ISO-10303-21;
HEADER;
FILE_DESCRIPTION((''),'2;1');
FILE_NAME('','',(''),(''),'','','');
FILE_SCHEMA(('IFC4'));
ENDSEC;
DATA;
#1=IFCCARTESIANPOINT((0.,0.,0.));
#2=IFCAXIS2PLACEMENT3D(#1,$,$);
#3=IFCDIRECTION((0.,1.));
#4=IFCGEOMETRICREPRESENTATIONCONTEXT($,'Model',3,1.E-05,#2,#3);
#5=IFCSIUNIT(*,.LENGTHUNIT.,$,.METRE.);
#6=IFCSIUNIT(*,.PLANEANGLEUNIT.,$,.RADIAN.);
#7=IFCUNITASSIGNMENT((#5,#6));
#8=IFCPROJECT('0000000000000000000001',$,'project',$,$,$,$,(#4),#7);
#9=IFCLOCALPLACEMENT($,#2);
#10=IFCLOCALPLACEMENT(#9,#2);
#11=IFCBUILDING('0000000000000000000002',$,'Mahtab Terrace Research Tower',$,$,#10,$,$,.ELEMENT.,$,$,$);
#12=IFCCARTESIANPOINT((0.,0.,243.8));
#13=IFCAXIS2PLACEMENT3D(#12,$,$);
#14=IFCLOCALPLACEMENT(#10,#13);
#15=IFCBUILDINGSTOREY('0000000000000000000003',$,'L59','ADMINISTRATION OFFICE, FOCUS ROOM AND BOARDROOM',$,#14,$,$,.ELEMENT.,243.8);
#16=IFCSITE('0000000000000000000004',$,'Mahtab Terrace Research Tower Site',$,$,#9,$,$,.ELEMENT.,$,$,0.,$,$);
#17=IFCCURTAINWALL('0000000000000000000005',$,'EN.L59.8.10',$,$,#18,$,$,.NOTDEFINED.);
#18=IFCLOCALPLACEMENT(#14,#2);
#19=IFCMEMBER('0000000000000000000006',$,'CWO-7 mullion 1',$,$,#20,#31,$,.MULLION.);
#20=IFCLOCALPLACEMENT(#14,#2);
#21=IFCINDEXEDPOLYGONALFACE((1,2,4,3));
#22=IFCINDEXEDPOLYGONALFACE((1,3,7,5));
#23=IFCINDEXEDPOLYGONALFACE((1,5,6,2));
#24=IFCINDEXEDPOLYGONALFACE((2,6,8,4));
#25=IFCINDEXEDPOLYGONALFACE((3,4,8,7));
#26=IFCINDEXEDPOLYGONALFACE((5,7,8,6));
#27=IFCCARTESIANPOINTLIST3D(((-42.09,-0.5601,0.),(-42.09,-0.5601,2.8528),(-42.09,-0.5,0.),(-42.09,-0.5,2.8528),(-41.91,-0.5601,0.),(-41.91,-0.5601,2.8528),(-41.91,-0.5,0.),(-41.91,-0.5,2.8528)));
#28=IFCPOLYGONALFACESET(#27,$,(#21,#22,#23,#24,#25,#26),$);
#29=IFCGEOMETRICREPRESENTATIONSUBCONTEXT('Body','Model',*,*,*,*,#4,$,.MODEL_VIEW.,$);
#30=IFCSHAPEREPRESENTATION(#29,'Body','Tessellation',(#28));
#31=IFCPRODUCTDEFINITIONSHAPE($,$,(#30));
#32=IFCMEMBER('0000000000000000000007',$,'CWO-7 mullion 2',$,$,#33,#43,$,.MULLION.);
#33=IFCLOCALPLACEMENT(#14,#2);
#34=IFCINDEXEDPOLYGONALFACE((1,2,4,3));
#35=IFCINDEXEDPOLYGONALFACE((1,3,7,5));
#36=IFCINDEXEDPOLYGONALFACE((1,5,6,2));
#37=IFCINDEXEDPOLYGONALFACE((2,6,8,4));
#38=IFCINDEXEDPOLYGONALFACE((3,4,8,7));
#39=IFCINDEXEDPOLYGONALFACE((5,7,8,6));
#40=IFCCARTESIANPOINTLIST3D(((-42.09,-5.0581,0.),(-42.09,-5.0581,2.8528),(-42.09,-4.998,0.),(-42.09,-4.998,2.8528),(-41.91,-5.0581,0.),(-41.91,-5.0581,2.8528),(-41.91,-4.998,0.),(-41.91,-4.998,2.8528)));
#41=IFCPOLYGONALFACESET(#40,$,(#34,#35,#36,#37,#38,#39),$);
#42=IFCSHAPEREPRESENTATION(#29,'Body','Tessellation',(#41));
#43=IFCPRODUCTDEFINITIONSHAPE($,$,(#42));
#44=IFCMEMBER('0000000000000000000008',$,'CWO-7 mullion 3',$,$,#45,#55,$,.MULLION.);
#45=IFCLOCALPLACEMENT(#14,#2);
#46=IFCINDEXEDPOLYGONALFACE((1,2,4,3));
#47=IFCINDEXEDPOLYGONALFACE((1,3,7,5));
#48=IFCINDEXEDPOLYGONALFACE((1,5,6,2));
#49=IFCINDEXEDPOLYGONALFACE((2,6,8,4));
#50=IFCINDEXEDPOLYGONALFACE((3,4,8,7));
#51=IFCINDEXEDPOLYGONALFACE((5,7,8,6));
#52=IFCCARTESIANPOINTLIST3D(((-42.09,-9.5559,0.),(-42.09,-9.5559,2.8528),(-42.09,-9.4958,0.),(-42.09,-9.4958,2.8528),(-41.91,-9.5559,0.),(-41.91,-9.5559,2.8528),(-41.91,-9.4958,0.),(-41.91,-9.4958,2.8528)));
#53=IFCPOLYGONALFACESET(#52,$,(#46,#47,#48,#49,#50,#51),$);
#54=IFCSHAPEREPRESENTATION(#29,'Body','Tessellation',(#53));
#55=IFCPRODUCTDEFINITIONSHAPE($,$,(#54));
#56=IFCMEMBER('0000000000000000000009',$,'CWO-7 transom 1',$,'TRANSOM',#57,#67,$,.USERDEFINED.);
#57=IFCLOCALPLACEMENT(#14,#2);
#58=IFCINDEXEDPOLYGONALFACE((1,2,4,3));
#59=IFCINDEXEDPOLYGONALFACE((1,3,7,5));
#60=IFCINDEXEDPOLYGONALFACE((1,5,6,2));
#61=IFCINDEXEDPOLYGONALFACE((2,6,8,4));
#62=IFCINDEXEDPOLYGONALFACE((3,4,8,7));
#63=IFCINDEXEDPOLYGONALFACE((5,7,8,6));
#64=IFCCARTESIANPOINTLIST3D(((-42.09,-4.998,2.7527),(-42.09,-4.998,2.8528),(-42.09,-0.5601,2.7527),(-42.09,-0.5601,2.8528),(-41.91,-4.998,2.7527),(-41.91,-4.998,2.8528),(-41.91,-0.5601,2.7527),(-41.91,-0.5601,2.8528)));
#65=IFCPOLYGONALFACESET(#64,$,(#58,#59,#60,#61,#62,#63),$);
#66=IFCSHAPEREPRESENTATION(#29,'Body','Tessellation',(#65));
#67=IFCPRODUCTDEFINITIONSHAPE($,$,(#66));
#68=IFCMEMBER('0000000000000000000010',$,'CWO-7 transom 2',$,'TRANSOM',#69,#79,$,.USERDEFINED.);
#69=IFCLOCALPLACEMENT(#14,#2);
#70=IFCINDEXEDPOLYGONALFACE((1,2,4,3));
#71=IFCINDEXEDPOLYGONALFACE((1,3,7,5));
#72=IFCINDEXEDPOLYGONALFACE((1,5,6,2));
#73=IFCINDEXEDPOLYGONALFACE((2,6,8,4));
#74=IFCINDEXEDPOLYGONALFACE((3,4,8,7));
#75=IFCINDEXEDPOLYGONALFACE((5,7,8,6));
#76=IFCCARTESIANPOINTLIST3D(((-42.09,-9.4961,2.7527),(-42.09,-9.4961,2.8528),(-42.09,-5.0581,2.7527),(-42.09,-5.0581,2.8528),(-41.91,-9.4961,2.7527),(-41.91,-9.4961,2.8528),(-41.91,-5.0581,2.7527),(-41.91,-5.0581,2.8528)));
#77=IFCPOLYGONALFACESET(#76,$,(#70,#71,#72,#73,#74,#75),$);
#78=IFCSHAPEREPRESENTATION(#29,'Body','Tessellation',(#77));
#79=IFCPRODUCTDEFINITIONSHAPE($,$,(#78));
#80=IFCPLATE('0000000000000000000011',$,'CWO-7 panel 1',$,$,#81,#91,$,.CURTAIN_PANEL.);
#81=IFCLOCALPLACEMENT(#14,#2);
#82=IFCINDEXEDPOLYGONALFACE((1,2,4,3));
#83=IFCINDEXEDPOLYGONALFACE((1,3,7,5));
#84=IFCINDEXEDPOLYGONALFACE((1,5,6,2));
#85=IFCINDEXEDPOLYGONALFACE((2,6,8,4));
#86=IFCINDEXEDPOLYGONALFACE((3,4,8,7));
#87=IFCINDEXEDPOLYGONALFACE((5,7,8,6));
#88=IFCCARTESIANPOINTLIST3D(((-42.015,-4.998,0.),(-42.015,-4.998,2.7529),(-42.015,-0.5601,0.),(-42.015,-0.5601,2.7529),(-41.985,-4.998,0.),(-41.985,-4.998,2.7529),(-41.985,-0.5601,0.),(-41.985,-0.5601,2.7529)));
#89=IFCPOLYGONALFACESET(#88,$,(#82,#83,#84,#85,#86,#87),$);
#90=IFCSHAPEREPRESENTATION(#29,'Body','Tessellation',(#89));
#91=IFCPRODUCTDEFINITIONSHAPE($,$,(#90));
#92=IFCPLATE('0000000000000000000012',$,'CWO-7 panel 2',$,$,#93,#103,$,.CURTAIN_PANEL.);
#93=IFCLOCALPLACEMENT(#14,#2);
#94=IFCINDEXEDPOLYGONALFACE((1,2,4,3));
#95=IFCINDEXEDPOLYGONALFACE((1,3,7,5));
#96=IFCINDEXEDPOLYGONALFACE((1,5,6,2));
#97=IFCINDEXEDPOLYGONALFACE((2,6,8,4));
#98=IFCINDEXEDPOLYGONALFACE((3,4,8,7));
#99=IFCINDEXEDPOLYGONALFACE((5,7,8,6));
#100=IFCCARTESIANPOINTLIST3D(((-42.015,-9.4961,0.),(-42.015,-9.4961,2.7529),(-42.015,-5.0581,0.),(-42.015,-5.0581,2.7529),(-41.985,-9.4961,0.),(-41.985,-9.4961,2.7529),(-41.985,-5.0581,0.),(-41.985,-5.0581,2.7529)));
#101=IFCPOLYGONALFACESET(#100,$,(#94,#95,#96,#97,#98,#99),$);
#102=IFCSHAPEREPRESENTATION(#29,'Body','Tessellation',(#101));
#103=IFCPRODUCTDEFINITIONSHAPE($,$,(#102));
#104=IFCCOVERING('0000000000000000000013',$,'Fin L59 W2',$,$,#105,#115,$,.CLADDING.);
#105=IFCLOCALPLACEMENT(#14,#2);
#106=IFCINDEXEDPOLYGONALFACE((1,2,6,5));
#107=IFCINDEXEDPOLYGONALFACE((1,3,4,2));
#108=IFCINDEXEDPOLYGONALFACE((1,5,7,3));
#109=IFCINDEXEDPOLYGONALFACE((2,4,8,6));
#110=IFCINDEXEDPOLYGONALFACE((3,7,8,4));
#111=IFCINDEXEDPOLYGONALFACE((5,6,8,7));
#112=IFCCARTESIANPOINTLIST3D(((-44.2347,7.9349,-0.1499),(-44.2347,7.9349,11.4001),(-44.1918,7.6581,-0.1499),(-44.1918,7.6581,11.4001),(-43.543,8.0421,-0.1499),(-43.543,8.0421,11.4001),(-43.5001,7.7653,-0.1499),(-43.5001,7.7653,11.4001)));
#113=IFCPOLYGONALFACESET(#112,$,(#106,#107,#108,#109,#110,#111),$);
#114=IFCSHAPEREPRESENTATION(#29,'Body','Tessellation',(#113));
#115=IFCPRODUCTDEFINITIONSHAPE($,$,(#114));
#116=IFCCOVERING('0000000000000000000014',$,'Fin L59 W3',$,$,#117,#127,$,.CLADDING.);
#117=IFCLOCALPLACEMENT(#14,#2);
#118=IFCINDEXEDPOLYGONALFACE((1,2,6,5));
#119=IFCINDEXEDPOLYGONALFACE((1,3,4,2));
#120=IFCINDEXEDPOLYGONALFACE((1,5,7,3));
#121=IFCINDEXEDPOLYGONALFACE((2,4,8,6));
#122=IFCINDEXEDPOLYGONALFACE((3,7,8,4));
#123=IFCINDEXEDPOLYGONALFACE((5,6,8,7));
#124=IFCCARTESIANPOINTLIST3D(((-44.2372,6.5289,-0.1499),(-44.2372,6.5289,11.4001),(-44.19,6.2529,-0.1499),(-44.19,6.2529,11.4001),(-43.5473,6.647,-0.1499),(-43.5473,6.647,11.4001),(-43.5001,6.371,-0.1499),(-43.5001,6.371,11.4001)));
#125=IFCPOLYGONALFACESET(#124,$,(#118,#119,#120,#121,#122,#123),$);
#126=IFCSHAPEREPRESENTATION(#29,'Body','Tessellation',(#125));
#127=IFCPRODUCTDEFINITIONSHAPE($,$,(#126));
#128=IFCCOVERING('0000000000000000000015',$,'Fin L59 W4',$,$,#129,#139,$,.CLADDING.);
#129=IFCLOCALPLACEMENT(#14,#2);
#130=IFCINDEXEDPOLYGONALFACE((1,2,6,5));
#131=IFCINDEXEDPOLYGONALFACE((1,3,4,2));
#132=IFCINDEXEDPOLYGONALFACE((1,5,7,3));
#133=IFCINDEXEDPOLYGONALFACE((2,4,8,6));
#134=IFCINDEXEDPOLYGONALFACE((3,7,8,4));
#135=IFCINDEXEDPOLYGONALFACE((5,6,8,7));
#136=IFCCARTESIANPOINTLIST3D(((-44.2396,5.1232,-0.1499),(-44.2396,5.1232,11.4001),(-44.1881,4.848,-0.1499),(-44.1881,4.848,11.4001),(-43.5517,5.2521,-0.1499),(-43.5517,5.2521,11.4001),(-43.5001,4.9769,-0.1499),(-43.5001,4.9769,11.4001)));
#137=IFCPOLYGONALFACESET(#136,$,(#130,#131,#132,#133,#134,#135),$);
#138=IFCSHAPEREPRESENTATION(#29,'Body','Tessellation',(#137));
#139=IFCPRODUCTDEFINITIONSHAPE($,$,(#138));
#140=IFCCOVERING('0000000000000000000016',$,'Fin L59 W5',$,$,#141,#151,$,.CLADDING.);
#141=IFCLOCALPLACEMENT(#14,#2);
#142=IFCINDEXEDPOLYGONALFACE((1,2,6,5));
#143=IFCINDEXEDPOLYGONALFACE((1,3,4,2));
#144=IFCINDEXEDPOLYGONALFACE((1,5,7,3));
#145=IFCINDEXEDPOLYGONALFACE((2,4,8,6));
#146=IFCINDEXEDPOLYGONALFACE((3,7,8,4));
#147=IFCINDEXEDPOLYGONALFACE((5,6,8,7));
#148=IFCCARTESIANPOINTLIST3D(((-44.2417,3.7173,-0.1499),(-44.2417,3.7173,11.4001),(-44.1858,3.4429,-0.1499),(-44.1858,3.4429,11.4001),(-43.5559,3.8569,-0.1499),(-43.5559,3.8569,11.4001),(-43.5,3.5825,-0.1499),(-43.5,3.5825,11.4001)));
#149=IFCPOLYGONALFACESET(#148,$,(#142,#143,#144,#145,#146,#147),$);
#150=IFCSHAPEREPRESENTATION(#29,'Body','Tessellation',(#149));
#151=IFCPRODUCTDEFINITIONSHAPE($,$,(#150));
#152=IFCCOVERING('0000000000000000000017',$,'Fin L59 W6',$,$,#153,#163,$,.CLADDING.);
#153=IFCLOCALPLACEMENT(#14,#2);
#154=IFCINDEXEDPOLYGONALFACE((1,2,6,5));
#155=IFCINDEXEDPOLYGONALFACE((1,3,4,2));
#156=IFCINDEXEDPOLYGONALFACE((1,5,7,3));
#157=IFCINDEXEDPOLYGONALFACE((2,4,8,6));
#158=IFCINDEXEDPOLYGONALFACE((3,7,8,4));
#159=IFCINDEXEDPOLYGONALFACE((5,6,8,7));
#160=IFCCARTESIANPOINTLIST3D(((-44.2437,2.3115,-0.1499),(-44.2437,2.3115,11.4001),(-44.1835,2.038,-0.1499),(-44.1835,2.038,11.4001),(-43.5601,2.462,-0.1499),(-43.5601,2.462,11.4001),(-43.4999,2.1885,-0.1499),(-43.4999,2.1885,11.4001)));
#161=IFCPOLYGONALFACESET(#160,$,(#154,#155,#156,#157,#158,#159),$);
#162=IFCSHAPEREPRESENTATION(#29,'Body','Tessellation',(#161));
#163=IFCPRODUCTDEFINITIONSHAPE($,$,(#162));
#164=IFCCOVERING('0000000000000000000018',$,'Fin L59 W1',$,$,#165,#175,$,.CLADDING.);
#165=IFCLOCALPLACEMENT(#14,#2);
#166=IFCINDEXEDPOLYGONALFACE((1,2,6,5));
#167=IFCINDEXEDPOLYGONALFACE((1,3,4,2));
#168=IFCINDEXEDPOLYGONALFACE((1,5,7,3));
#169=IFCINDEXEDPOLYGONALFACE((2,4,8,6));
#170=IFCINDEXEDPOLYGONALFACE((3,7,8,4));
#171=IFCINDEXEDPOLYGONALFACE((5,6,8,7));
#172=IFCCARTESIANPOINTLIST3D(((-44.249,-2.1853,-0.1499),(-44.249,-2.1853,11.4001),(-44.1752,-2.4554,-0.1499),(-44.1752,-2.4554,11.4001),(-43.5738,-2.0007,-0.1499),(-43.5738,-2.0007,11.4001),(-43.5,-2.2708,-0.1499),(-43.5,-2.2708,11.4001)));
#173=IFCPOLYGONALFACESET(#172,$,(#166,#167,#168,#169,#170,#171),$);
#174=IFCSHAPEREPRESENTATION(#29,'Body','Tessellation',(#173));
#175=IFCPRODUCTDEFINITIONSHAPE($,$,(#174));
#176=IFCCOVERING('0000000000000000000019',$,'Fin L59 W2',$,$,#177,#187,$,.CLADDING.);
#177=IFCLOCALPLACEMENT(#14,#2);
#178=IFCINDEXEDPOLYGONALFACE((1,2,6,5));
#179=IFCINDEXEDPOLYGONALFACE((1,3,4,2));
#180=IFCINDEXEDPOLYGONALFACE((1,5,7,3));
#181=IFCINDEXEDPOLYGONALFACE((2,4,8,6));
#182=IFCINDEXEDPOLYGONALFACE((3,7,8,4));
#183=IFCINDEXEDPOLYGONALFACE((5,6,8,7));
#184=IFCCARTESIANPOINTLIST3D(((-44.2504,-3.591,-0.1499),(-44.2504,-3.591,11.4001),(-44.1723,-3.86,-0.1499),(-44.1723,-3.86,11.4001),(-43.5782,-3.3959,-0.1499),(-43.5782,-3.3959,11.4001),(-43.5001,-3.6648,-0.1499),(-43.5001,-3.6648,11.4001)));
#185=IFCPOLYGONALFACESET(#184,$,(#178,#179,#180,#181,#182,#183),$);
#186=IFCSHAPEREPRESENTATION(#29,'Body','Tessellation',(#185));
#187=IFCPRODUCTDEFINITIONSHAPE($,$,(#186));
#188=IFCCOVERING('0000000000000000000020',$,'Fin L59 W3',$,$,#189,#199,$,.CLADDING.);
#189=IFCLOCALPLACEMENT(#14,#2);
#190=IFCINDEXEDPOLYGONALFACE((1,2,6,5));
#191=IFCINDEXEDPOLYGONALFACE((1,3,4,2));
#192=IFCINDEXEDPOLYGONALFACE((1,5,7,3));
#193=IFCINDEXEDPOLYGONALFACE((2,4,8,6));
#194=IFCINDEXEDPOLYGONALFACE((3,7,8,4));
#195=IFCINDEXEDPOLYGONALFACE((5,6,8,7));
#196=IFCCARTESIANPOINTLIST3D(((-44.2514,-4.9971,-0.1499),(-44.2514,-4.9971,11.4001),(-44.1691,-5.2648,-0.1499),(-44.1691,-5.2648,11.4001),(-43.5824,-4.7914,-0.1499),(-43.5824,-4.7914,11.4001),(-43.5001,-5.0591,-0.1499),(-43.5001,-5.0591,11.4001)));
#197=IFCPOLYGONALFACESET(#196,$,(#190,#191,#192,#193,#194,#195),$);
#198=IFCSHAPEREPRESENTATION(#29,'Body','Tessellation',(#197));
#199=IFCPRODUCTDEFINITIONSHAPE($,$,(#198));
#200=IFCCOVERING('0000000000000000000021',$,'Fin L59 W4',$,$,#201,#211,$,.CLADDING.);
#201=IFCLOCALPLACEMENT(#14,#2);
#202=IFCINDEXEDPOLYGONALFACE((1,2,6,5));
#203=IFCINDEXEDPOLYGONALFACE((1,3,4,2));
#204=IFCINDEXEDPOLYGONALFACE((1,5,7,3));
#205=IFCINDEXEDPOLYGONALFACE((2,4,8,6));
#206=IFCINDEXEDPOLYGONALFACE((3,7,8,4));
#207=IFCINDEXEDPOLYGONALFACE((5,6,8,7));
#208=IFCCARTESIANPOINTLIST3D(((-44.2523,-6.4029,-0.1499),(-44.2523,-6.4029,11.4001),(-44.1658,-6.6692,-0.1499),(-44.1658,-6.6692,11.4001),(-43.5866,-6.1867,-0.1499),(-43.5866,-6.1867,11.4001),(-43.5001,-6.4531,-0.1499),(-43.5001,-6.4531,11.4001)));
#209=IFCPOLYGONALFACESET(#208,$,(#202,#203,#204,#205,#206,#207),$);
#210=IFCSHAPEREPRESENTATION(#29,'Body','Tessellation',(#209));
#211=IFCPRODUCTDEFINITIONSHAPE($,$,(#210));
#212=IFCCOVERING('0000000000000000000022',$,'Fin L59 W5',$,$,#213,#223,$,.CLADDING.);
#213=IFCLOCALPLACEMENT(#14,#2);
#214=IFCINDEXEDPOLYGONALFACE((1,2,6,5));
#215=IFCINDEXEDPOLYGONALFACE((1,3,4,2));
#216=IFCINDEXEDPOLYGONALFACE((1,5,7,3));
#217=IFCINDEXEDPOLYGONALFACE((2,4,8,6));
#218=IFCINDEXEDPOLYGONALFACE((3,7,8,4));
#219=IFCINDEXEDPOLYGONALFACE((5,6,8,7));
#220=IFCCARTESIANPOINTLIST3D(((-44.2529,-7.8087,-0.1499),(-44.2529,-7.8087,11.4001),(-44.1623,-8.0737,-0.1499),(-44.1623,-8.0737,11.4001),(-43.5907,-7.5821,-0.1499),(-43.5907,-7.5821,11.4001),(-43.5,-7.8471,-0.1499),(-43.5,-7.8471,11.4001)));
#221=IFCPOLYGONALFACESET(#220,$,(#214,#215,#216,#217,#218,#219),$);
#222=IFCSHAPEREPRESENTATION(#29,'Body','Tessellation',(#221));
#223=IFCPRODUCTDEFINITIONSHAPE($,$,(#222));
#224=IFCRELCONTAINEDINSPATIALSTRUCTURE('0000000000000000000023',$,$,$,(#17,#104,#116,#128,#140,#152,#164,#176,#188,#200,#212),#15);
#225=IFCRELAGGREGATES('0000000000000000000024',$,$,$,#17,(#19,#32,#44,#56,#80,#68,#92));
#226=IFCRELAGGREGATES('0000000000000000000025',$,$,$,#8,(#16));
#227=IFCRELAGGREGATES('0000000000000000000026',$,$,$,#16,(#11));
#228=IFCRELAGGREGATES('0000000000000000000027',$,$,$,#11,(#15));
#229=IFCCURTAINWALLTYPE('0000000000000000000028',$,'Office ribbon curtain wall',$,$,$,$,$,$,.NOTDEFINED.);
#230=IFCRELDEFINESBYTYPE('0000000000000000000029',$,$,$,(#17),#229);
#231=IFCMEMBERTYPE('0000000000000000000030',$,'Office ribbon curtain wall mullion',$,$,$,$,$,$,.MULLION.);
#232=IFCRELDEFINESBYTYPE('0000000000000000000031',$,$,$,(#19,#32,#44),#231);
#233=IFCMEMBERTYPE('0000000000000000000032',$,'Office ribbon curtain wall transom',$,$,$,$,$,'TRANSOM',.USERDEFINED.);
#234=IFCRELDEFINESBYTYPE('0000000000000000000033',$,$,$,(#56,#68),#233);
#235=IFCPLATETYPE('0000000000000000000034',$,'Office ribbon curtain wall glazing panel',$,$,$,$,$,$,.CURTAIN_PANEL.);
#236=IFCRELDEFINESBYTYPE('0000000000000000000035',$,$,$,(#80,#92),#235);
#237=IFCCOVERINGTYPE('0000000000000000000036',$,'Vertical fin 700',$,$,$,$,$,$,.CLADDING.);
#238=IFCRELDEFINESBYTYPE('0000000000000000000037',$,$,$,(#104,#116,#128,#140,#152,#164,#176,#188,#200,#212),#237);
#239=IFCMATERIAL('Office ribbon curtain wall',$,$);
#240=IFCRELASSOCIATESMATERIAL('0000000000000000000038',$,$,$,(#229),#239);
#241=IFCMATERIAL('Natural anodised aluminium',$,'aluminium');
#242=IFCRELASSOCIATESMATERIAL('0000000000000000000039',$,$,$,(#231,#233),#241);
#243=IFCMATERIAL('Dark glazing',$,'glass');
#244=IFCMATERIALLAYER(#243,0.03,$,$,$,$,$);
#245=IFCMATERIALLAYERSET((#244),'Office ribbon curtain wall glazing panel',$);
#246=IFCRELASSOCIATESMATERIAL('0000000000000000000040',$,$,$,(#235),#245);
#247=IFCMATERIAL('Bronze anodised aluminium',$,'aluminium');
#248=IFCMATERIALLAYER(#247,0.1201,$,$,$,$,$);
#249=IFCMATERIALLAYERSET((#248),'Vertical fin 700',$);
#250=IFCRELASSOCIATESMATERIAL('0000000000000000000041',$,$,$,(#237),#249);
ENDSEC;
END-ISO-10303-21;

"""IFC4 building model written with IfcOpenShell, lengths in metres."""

from ifc_helpers import new_model, si_unit, direction, frame, origin, origin_2d, place, context, subcontext, project, spatial, rectangle, extrude, material, layer, layer_set, material_profile, profile_set, type_object, element, aggregate, save


model = new_model("IFC4")

# Units and contexts
model_context = context("Model", 3, precision=1e-05, world=origin(), true_north=direction((0.0, 1.0)))
body_context = subcontext(model_context, "Body", "Model", "MODEL_VIEW")
ifc_project = project(units=[si_unit("LENGTHUNIT", "METRE"), si_unit("PLANEANGLEUNIT", "RADIAN")], contexts=[model_context])

# Site, building, storey
site_placement = place(None, origin())
site = spatial("IfcSite", under=ifc_project, at=site_placement, Name="Mahtab Terrace Research Tower Site", CompositionType="ELEMENT", RefElevation=0.0)
building_placement = place(site_placement, origin())
building = spatial("IfcBuilding", under=site, at=building_placement, Name="Mahtab Terrace Research Tower", CompositionType="ELEMENT")
storey_placement = place(building_placement, frame((0.0, 0.0, 243.8)))
storey = spatial("IfcBuildingStorey", under=building, at=storey_placement, Name="L59", Description="ADMINISTRATION OFFICE, FOCUS ROOM AND BOARDROOM", CompositionType="ELEMENT", Elevation=243.8)

# Curtain wall, members, plates
ifc_material_1 = material(Name="Office ribbon curtain wall")
curtain_wall_type = type_object("IfcCurtainWallType", Name="Office ribbon curtain wall", PredefinedType="NOTDEFINED", material=ifc_material_1)
curtain_wall_placement = place(storey_placement, origin())
curtain_wall = element("IfcCurtainWall", 1, at=curtain_wall_placement, inside=storey, type_object=curtain_wall_type, Name="EN.L59.8.10", PredefinedType="NOTDEFINED")
ifc_material_2 = material(Name="Natural anodised aluminium", Category="aluminium")
ifc_material_profile_1 = material_profile(ifc_material_2, rectangle(XDim=0.1799, YDim=0.0601, at=origin_2d()), Name="MULLION 60x180")
ifc_profile_set_1 = profile_set([ifc_material_profile_1], Name="Natural anodised aluminium")
member_type_1 = type_object("IfcMemberType", Name="Office ribbon curtain wall mullion", PredefinedType="MULLION", material=ifc_profile_set_1)
member_1_placement = place(storey_placement, frame((-42.0, -0.53, 0.0), z_axis=(0.0, 0.0, 1.0), x_axis=(1.0, 0.0, 0.0)))
member_1 = element("IfcMember", 2, at=member_1_placement, type_object=member_type_1, Name="CWO-7 mullion 1", PredefinedType="MULLION", context=body_context, shape_type="SweptSolid", body=[
    extrude(rectangle(XDim=0.1799, YDim=0.0601, at=origin_2d()), origin(), (0.0, 0.0, 1.0), 2.8528),
])
member_2_placement = place(storey_placement, frame((-42.0, -5.0281, 0.0), z_axis=(0.0, 0.0, 1.0), x_axis=(1.0, 0.0, 0.0)))
member_2 = element("IfcMember", 3, at=member_2_placement, type_object=member_type_1, Name="CWO-7 mullion 2", PredefinedType="MULLION", context=body_context, shape_type="SweptSolid", body=[
    extrude(rectangle(XDim=0.1799, YDim=0.0601, at=origin_2d()), origin(), (0.0, 0.0, 1.0), 2.8528),
])
member_3_placement = place(storey_placement, frame((-42.0, -9.5259, 0.0), z_axis=(0.0, 0.0, 1.0), x_axis=(1.0, 0.0, 0.0)))
member_3 = element("IfcMember", 4, at=member_3_placement, type_object=member_type_1, Name="CWO-7 mullion 3", PredefinedType="MULLION", context=body_context, shape_type="SweptSolid", body=[
    extrude(rectangle(XDim=0.1799, YDim=0.0601, at=origin_2d()), origin(), (0.0, 0.0, 1.0), 2.8528),
])
ifc_material_profile_2 = material_profile(ifc_material_2, rectangle(XDim=0.1799, YDim=0.1001, at=origin_2d()), Name="TRANSOM 100x180")
ifc_profile_set_2 = profile_set([ifc_material_profile_2], Name="Natural anodised aluminium")
member_type_2 = type_object("IfcMemberType", Name="Office ribbon curtain wall transom", ElementType="TRANSOM", PredefinedType="USERDEFINED", material=ifc_profile_set_2)
member_4_placement = place(storey_placement, frame((-42.0, -0.5601, 2.8027), z_axis=(0.0, -1.0, 0.0), x_axis=(1.0, 0.0, 0.0)))
member_4 = element("IfcMember", 5, at=member_4_placement, type_object=member_type_2, Name="CWO-7 transom 1", ObjectType="TRANSOM", PredefinedType="USERDEFINED", context=body_context, shape_type="SweptSolid", body=[
    extrude(rectangle(XDim=0.1799, YDim=0.1001, at=origin_2d()), origin(), (0.0, 0.0, 1.0), 4.438),
])
member_5_placement = place(storey_placement, frame((-42.0, -5.0581, 2.8027), z_axis=(0.0, -1.0, 0.0), x_axis=(1.0, 0.0, 0.0)))
member_5 = element("IfcMember", 6, at=member_5_placement, type_object=member_type_2, Name="CWO-7 transom 2", ObjectType="TRANSOM", PredefinedType="USERDEFINED", context=body_context, shape_type="SweptSolid", body=[
    extrude(rectangle(XDim=0.1799, YDim=0.1001, at=origin_2d()), origin(), (0.0, 0.0, 1.0), 4.438),
])
ifc_material_3 = material(Name="Dark glazing", Category="glass")
ifc_layer_1 = layer(ifc_material_3, 0.03)
ifc_layer_set_1 = layer_set([ifc_layer_1], Name="Office ribbon curtain wall glazing panel")
plate_type = type_object("IfcPlateType", Name="Office ribbon curtain wall glazing panel", PredefinedType="CURTAIN_PANEL", material=ifc_layer_set_1)
plate_1_placement = place(storey_placement, frame((-42.0, -2.7791, 0.0), z_axis=(0.0, 0.0, 1.0), x_axis=(0.0, -1.0, 0.0)))
plate_1 = element("IfcPlate", 7, at=plate_1_placement, type_object=plate_type, Name="CWO-7 panel 1", PredefinedType="CURTAIN_PANEL", context=body_context, shape_type="SweptSolid", body=[
    extrude(rectangle(XDim=4.438, YDim=0.03, at=origin_2d()), origin(), (0.0, 0.0, 1.0), 2.7529),
])
plate_2_placement = place(storey_placement, frame((-42.0, -7.2771, 0.0), z_axis=(0.0, 0.0, 1.0), x_axis=(0.0, -1.0, 0.0)))
plate_2 = element("IfcPlate", 8, at=plate_2_placement, type_object=plate_type, Name="CWO-7 panel 2", PredefinedType="CURTAIN_PANEL", context=body_context, shape_type="SweptSolid", body=[
    extrude(rectangle(XDim=4.438, YDim=0.03, at=origin_2d()), origin(), (0.0, 0.0, 1.0), 2.7529),
])
aggregate(curtain_wall, [member_1, member_2, member_3, member_4, plate_1, member_5, plate_2])

# Coverings
ifc_material_4 = material(Name="Bronze anodised aluminium", Category="aluminium")
ifc_layer_2 = layer(ifc_material_4, 0.1201)
ifc_layer_set_2 = layer_set([ifc_layer_2], Name="Vertical fin 700")
covering_type = type_object("IfcCoveringType", Name="Vertical fin 700", PredefinedType="CLADDING", material=ifc_layer_set_2)
for number, where, z_axis, x_axis, name in (
    (9, (-43.8674, 7.8501, -0.1499), (0.0, 0.0, 1.0), (0.153171, -0.9882, 0.0), "Fin L59 W2"),
    (10, (-43.8687, 6.45, -0.1499), (0.0, 0.0, 1.0), (0.168674, -0.985672, 0.0), "Fin L59 W3"),
    (11, (-43.8699, 5.05, -0.1499), (0.0, 0.0, 1.0), (0.184135, -0.982901, 0.0), "Fin L59 W4"),
    (12, (-43.8708, 3.6499, -0.1499), (0.0, 0.0, 1.0), (0.19955, -0.979888, 0.0), "Fin L59 W5"),
    (13, (-43.8718, 2.25, -0.1499), (0.0, 0.0, 1.0), (0.214917, -0.976632, 0.0), "Fin L59 W6"),
    (14, (-43.8745, -2.228, -0.1499), (0.0, 0.0, 1.0), (0.263693, -0.964607, 0.0), "Fin L59 W1"),
    (15, (-43.8752, -3.6279, -0.1499), (0.0, 0.0, 1.0), (0.278811, -0.960346, 0.0), "Fin L59 W2"),
    (16, (-43.8757, -5.0281, -0.1499), (0.0, 0.0, 1.0), (0.293861, -0.955848, 0.0), "Fin L59 W3"),
    (17, (-43.8762, -6.428, -0.1499), (0.0, 0.0, 1.0), (0.308838, -0.951115, 0.0), "Fin L59 W4"),
    (18, (-43.8765, -7.8279, -0.1499), (0.0, 0.0, 1.0), (0.323739, -0.946147, 0.0), "Fin L59 W5"),
):
    element("IfcCovering", number, at=place(storey_placement, frame(where, z_axis=z_axis, x_axis=x_axis)), inside=storey, type_object=covering_type, Name=name, PredefinedType="CLADDING", context=body_context, shape_type="SweptSolid", body=[
        extrude(rectangle(XDim=0.28, YDim=0.7, at=origin_2d()), origin(), (0.0, 0.0, 1.0), 11.55),
    ])

save(model, "model.ifc")
